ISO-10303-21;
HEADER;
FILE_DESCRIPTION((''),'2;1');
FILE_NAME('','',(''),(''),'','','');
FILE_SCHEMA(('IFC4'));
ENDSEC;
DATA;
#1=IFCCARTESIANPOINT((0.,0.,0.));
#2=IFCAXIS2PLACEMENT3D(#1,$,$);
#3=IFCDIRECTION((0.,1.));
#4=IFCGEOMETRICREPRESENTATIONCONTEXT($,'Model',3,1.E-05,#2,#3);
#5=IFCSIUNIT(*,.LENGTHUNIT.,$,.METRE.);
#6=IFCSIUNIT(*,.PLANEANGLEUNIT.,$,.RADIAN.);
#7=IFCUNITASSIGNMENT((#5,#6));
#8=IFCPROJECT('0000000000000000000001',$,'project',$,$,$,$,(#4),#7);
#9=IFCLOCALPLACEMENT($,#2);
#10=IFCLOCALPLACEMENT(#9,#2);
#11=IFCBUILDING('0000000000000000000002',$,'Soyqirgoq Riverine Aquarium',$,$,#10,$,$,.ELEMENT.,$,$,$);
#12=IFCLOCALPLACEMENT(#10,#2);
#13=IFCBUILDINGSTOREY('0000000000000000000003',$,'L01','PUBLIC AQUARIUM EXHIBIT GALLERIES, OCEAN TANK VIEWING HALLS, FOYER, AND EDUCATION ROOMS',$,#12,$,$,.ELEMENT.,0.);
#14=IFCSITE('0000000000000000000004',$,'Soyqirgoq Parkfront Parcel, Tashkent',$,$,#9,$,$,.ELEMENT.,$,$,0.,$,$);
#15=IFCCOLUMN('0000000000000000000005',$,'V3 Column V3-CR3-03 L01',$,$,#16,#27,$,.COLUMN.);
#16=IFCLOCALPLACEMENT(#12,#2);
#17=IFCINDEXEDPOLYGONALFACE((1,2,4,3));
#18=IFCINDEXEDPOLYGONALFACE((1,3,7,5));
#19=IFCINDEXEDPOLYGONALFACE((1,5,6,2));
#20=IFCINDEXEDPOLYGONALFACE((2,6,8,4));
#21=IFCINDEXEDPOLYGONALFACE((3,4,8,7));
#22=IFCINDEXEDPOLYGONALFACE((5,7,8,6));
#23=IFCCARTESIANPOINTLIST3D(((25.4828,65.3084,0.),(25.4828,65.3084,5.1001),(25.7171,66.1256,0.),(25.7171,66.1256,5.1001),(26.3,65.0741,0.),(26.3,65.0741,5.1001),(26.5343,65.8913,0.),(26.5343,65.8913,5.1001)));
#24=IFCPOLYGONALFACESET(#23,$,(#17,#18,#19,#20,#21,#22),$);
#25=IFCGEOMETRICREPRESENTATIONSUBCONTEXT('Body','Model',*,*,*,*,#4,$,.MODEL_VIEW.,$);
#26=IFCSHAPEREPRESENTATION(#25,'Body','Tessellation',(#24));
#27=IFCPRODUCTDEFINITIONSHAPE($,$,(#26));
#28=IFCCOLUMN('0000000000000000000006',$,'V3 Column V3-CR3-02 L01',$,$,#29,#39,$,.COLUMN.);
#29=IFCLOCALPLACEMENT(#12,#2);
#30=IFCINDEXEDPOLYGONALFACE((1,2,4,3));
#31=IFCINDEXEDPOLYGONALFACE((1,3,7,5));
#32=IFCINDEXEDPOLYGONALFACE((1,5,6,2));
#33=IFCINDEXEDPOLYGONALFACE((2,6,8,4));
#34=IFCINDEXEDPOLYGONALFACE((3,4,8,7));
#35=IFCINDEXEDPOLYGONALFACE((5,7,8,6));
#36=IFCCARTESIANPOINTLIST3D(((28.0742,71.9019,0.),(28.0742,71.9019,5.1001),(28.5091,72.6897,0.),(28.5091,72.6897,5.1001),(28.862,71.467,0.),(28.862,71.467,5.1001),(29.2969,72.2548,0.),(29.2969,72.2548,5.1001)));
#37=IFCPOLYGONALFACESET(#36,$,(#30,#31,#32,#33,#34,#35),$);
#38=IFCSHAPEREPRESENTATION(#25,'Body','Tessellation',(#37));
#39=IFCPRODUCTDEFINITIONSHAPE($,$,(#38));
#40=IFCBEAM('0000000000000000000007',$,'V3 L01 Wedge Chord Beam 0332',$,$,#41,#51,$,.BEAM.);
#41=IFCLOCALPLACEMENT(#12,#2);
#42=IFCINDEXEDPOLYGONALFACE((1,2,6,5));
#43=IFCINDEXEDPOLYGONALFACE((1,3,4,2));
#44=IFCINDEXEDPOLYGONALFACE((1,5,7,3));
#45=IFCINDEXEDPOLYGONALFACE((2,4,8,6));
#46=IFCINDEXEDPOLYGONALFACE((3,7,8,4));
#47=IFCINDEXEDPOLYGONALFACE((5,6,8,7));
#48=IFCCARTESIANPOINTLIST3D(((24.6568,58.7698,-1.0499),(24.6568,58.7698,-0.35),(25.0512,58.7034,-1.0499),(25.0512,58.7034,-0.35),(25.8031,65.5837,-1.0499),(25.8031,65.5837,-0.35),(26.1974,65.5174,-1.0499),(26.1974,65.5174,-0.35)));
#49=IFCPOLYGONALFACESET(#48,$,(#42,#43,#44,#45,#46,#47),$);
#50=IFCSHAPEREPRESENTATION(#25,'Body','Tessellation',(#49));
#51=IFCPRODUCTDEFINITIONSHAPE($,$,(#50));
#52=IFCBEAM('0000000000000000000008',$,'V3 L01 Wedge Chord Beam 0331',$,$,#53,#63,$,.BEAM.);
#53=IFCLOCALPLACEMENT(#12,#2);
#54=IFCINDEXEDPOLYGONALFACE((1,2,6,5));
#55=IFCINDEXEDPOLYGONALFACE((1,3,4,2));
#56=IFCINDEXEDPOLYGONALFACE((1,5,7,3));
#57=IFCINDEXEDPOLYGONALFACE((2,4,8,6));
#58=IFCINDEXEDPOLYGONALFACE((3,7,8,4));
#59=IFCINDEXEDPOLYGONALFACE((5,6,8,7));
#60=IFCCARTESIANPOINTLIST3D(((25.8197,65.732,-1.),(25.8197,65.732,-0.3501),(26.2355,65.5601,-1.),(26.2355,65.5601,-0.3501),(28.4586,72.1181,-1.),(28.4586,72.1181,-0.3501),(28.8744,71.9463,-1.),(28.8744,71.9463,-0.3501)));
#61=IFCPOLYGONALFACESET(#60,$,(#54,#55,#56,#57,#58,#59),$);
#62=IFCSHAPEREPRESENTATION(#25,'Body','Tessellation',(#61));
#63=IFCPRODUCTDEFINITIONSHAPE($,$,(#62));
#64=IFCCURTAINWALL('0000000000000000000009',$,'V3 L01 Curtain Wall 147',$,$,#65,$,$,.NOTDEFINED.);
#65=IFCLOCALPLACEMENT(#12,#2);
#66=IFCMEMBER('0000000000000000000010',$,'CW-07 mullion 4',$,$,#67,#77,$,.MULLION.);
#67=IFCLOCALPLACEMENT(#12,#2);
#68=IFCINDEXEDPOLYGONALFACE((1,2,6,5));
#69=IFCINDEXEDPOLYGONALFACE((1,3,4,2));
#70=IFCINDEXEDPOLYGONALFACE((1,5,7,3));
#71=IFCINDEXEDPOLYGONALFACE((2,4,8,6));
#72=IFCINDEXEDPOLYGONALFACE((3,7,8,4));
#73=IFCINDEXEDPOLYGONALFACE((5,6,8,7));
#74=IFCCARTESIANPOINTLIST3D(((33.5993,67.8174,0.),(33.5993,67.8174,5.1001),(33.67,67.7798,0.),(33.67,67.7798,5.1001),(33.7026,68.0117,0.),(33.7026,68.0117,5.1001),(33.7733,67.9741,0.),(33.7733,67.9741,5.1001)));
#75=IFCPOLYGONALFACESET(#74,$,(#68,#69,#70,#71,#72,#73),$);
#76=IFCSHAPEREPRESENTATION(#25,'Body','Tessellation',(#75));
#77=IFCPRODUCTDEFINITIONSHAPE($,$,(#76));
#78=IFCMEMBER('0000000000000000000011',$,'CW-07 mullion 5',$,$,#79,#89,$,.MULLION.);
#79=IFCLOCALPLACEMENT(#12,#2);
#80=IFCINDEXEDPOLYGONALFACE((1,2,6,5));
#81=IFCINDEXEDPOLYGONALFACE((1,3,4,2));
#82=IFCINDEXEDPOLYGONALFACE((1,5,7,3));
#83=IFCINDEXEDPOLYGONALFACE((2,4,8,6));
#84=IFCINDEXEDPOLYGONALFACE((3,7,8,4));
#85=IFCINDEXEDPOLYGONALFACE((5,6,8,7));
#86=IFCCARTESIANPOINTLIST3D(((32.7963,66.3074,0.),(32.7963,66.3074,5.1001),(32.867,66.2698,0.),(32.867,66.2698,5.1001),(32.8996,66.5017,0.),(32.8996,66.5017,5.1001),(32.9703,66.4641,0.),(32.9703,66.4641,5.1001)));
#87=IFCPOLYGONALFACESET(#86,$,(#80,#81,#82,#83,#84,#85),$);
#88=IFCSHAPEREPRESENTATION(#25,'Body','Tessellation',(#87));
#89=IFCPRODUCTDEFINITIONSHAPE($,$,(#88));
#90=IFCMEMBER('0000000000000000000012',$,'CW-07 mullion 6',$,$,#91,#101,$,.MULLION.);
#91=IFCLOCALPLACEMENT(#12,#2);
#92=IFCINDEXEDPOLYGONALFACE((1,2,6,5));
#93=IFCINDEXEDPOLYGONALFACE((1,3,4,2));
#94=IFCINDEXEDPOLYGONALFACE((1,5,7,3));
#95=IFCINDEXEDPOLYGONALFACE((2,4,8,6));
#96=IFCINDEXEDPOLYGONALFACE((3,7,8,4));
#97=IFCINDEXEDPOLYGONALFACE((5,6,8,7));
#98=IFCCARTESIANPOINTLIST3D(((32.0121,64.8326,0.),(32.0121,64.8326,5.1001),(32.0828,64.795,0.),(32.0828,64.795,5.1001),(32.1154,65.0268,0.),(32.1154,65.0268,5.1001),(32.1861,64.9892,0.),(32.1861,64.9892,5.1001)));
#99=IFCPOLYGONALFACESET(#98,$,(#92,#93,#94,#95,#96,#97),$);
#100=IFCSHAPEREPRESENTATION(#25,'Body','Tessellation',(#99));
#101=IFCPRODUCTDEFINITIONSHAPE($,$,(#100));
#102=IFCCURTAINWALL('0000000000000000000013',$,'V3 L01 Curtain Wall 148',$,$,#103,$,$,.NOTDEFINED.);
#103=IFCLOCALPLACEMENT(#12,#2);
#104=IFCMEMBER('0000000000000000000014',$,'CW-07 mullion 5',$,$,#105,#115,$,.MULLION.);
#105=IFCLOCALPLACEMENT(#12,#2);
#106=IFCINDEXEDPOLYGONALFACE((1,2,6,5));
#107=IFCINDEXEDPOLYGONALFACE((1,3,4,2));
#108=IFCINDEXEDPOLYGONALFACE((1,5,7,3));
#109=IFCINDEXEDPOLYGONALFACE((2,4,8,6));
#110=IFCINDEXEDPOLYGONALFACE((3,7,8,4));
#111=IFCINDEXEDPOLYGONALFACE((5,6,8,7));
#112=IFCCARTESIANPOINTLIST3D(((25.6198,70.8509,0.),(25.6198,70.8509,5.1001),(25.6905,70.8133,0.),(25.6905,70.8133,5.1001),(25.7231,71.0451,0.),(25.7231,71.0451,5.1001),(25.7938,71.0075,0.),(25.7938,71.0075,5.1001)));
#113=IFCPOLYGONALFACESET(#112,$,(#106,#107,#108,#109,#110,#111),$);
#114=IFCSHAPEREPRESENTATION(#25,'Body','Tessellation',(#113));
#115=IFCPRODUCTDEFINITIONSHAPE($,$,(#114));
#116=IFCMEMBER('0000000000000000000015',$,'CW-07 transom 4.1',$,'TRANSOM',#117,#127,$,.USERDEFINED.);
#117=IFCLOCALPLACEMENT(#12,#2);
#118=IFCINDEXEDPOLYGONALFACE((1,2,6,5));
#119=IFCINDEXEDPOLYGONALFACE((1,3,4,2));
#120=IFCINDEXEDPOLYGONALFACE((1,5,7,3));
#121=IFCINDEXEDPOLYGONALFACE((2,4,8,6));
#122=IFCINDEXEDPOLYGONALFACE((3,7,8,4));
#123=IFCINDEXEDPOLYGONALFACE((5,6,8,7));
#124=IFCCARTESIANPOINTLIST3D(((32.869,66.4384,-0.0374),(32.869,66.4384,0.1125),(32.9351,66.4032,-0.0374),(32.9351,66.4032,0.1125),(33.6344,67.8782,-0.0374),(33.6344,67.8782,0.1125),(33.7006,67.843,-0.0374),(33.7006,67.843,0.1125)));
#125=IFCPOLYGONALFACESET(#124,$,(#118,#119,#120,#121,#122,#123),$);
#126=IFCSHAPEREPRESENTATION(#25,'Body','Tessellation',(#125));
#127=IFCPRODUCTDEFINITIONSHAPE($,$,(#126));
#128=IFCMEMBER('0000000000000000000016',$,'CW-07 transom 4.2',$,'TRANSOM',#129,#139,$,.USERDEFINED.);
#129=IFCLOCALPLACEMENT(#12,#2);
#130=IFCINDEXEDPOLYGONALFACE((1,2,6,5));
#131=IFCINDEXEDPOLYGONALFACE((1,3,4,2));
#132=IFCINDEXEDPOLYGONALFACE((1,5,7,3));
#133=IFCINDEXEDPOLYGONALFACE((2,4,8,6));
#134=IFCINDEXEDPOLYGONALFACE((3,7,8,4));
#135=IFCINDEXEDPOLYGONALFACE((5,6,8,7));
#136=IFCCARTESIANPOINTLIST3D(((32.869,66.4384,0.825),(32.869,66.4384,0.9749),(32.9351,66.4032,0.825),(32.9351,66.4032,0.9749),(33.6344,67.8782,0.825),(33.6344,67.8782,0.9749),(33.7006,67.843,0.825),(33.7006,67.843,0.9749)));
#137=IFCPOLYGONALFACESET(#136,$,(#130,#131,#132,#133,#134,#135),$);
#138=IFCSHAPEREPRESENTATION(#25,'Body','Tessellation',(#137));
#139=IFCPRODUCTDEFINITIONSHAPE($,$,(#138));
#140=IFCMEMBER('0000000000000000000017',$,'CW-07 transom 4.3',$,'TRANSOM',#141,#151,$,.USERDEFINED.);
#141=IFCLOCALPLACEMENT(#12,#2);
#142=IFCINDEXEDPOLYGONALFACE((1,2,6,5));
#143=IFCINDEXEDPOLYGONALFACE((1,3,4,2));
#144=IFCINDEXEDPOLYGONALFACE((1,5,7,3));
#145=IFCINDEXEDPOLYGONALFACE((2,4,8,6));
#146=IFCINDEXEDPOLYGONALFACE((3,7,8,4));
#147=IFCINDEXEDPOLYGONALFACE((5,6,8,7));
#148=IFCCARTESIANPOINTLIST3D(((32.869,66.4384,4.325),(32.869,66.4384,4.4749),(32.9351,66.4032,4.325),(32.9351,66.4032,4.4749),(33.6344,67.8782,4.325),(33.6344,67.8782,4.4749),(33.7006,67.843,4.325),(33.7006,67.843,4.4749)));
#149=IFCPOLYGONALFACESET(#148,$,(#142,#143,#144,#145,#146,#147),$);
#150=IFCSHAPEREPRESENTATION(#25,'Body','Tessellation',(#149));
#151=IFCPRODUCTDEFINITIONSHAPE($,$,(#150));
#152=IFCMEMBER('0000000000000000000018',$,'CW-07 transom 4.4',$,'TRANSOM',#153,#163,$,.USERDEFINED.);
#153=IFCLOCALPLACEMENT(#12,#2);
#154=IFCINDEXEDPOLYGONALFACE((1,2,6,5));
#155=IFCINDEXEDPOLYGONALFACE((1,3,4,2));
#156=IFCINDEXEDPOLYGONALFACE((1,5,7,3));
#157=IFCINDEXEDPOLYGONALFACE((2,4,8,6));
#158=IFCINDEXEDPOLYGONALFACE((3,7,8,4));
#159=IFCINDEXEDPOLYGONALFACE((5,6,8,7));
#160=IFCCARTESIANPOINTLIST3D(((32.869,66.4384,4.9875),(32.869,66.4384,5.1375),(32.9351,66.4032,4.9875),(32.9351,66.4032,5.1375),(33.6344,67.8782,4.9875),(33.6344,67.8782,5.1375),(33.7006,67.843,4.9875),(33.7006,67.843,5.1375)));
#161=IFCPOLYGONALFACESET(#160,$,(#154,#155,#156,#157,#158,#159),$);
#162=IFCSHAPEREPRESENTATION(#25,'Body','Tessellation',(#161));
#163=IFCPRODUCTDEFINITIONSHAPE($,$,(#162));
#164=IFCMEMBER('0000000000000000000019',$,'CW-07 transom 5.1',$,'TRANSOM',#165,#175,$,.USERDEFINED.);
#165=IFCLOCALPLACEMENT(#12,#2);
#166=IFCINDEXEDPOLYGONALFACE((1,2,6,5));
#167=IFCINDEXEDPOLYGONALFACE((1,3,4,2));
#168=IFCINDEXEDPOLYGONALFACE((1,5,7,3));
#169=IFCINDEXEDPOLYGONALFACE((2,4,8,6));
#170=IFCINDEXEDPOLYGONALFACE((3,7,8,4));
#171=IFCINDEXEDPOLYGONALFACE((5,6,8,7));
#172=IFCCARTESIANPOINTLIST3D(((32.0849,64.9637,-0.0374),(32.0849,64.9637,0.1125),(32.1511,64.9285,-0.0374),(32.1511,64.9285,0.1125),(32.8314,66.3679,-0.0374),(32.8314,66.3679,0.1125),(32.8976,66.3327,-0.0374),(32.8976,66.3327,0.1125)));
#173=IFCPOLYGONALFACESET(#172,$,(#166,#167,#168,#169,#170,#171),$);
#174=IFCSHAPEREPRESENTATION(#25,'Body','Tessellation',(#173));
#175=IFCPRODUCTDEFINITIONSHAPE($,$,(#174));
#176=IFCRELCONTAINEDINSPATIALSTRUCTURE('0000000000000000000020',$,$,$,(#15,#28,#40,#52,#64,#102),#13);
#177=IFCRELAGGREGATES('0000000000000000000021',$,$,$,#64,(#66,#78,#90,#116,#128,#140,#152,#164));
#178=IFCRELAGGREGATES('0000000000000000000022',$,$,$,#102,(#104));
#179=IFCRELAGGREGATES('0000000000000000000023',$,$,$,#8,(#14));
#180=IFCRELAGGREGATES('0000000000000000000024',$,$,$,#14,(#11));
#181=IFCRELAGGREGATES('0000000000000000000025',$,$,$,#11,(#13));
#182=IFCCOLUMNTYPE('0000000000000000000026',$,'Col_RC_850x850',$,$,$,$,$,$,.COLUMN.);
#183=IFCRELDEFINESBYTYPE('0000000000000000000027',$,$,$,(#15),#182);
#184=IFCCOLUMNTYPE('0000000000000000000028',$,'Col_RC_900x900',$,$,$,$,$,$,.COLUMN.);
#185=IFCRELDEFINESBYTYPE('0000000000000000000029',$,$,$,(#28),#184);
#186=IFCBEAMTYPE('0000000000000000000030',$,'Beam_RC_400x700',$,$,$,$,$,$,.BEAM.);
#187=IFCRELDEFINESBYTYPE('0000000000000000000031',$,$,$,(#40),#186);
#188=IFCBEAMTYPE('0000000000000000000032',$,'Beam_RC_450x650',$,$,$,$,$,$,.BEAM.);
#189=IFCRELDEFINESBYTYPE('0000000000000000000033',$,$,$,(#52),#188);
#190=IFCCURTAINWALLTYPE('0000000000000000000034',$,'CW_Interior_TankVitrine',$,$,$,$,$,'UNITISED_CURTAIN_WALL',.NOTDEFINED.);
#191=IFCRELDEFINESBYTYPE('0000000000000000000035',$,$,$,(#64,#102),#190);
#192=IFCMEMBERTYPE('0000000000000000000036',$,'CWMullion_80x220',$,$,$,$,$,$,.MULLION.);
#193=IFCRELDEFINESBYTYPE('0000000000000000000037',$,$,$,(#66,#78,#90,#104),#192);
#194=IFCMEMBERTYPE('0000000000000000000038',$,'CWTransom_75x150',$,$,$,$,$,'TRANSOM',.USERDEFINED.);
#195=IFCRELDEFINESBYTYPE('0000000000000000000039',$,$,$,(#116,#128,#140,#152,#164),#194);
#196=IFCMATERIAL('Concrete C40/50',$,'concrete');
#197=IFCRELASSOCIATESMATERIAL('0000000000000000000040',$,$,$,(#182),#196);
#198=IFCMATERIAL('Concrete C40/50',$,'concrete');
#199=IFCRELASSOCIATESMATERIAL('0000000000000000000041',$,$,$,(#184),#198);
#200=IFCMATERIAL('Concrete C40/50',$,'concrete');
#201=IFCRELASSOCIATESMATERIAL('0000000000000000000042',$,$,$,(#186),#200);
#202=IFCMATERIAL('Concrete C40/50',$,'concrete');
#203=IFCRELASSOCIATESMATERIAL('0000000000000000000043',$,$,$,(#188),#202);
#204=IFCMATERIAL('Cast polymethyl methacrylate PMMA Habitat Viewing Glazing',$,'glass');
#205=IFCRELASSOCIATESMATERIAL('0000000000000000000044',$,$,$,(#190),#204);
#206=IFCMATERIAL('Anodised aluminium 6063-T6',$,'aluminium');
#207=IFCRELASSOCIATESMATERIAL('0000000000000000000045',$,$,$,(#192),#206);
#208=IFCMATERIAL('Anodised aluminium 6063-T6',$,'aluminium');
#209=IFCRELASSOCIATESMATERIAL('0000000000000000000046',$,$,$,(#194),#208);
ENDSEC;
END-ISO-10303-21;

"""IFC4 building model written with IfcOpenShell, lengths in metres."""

from ifc_helpers import new_model, si_unit, direction, frame, origin, origin_2d, place, context, subcontext, project, spatial, rectangle, extrude, material, material_profile, profile_set, type_object, element, aggregate, save


model = new_model("IFC4")

# Units and contexts
model_context = context("Model", 3, precision=1e-05, world=origin(), true_north=direction((0.0, 1.0)))
body_context = subcontext(model_context, "Body", "Model", "MODEL_VIEW")
ifc_project = project(units=[si_unit("LENGTHUNIT", "METRE"), si_unit("PLANEANGLEUNIT", "RADIAN")], contexts=[model_context])

# Site, building, storey
site_placement = place(None, origin())
site = spatial("IfcSite", under=ifc_project, at=site_placement, Name="Soyqirgoq Parkfront Parcel, Tashkent", CompositionType="ELEMENT", RefElevation=0.0)
building_placement = place(site_placement, origin())
building = spatial("IfcBuilding", under=site, at=building_placement, Name="Soyqirgoq Riverine Aquarium", CompositionType="ELEMENT")
storey_placement = place(building_placement, origin())
storey = spatial("IfcBuildingStorey", under=building, at=storey_placement, Name="L01", Description="PUBLIC AQUARIUM EXHIBIT GALLERIES, OCEAN TANK VIEWING HALLS, FOYER, AND EDUCATION ROOMS", CompositionType="ELEMENT", Elevation=0.0)

# Columns
ifc_material_1 = material(Name="Concrete C40/50", Category="concrete")
ifc_material_profile_1 = material_profile(ifc_material_1, rectangle(XDim=0.8501, YDim=0.8501, at=origin_2d()), Name="RC 850x850")
ifc_profile_set_1 = profile_set([ifc_material_profile_1], Name="Concrete C40/50")
column_type_1 = type_object("IfcColumnType", Name="Col_RC_850x850", PredefinedType="COLUMN", material=ifc_profile_set_1)
column_1_placement = place(storey_placement, frame((26.0085, 65.5999, 0.0), z_axis=(0.0, 0.0, 1.0), x_axis=(-0.961262, 0.275637, 0.0)))
element("IfcColumn", 1, at=column_1_placement, inside=storey, type_object=column_type_1, Name="V3 Column V3-CR3-03 L01", PredefinedType="COLUMN", context=body_context, shape_type="SweptSolid", body=[
    extrude(rectangle(XDim=0.8501, YDim=0.8501, at=origin_2d()), origin(), (0.0, 0.0, 1.0), 5.1001),
])
ifc_material_2 = material(Name="Concrete C40/50", Category="concrete")
ifc_material_profile_2 = material_profile(ifc_material_2, rectangle(XDim=0.8999, YDim=0.8999, at=origin_2d()), Name="RC 900x900")
ifc_profile_set_2 = profile_set([ifc_material_profile_2], Name="Concrete C40/50")
column_type_2 = type_object("IfcColumnType", Name="Col_RC_900x900", PredefinedType="COLUMN", material=ifc_profile_set_2)
column_2_placement = place(storey_placement, frame((28.6855, 72.0784, 0.0), z_axis=(0.0, 0.0, 1.0), x_axis=(-0.875465, 0.483282, 0.0)))
element("IfcColumn", 2, at=column_2_placement, inside=storey, type_object=column_type_2, Name="V3 Column V3-CR3-02 L01", PredefinedType="COLUMN", context=body_context, shape_type="SweptSolid", body=[
    extrude(rectangle(XDim=0.8999, YDim=0.8999, at=origin_2d()), origin(), (0.0, 0.0, 1.0), 5.1001),
])

# Beams
ifc_material_3 = material(Name="Concrete C40/50", Category="concrete")
ifc_material_profile_3 = material_profile(ifc_material_3, rectangle(XDim=0.3999, YDim=0.7, at=origin_2d()), Name="RC 400x700")
ifc_profile_set_3 = profile_set([ifc_material_profile_3], Name="Concrete C40/50")
beam_type_1 = type_object("IfcBeamType", Name="Beam_RC_400x700", PredefinedType="BEAM", material=ifc_profile_set_3)
beam_1_placement = place(storey_placement, frame((26.0002, 65.5505, -0.7), z_axis=(-0.165889, -0.986145, 0.0), x_axis=(0.986145, -0.165889, 0.0)))
element("IfcBeam", 3, at=beam_1_placement, inside=storey, type_object=beam_type_1, Name="V3 L01 Wedge Chord Beam 0332", PredefinedType="BEAM", context=body_context, shape_type="SweptSolid", body=[
    extrude(rectangle(XDim=0.3999, YDim=0.7, at=origin_2d()), origin(), (0.0, 0.0, 1.0), 6.9097),
])
ifc_material_4 = material(Name="Concrete C40/50", Category="concrete")
ifc_material_profile_4 = material_profile(ifc_material_4, rectangle(XDim=0.45, YDim=0.6499, at=origin_2d()), Name="RC 450x650")
ifc_profile_set_4 = profile_set([ifc_material_profile_4], Name="Concrete C40/50")
beam_type_2 = type_object("IfcBeamType", Name="Beam_RC_450x650", PredefinedType="BEAM", material=ifc_profile_set_4)
beam_2_placement = place(storey_placement, frame((28.6665, 72.0322, -0.675), z_axis=(-0.381899, -0.924204, 0.0), x_axis=(0.924204, -0.381899, 0.0)))
element("IfcBeam", 4, at=beam_2_placement, inside=storey, type_object=beam_type_2, Name="V3 L01 Wedge Chord Beam 0331", PredefinedType="BEAM", context=body_context, shape_type="SweptSolid", body=[
    extrude(rectangle(XDim=0.45, YDim=0.6499, at=origin_2d()), origin(), (0.0, 0.0, 1.0), 6.9099),
])

# Curtain wall, members
ifc_material_5 = material(Name="Cast polymethyl methacrylate PMMA Habitat Viewing Glazing", Category="glass")
curtain_wall_type = type_object("IfcCurtainWallType", Name="CW_Interior_TankVitrine", ElementType="UNITISED_CURTAIN_WALL", PredefinedType="NOTDEFINED", material=ifc_material_5)
curtain_wall_1_placement = place(storey_placement, origin())
curtain_wall_1 = element("IfcCurtainWall", 5, at=curtain_wall_1_placement, inside=storey, type_object=curtain_wall_type, Name="V3 L01 Curtain Wall 147", PredefinedType="NOTDEFINED")
ifc_material_6 = material(Name="Anodised aluminium 6063-T6", Category="aluminium")
ifc_material_profile_5 = material_profile(ifc_material_6, rectangle(XDim=0.0801, YDim=0.22, at=origin_2d()), Name="ALU-M 80x220")
ifc_profile_set_5 = profile_set([ifc_material_profile_5], Name="Anodised aluminium 6063-T6")
member_type_1 = type_object("IfcMemberType", Name="CWMullion_80x220", PredefinedType="MULLION", material=ifc_profile_set_5)
member_1_placement = place(storey_placement, frame((33.6863, 67.8958, 0.0), z_axis=(0.0, 0.0, 1.0), x_axis=(0.882947, -0.469473, 0.0)))
member_1 = element("IfcMember", 6, at=member_1_placement, type_object=member_type_1, Name="CW-07 mullion 4", PredefinedType="MULLION", context=body_context, shape_type="SweptSolid", body=[
    extrude(rectangle(XDim=0.0801, YDim=0.22, at=origin_2d()), origin(), (0.0, 0.0, 1.0), 5.1001),
])
member_2_placement = place(storey_placement, frame((32.8833, 66.3857, 0.0), z_axis=(0.0, 0.0, 1.0), x_axis=(0.882947, -0.469473, 0.0)))
member_2 = element("IfcMember", 7, at=member_2_placement, type_object=member_type_1, Name="CW-07 mullion 5", PredefinedType="MULLION", context=body_context, shape_type="SweptSolid", body=[
    extrude(rectangle(XDim=0.0801, YDim=0.22, at=origin_2d()), origin(), (0.0, 0.0, 1.0), 5.1001),
])
member_3_placement = place(storey_placement, frame((32.0991, 64.9109, 0.0), z_axis=(0.0, 0.0, 1.0), x_axis=(0.882947, -0.469473, 0.0)))
member_3 = element("IfcMember", 8, at=member_3_placement, type_object=member_type_1, Name="CW-07 mullion 6", PredefinedType="MULLION", context=body_context, shape_type="SweptSolid", body=[
    extrude(rectangle(XDim=0.0801, YDim=0.22, at=origin_2d()), origin(), (0.0, 0.0, 1.0), 5.1001),
])

# Curtain wall, member
curtain_wall_2_placement = place(storey_placement, origin())
curtain_wall_2 = element("IfcCurtainWall", 9, at=curtain_wall_2_placement, inside=storey, type_object=curtain_wall_type, Name="V3 L01 Curtain Wall 148", PredefinedType="NOTDEFINED")
member_4_placement = place(storey_placement, frame((25.7068, 70.9292, 0.0), z_axis=(0.0, 0.0, 1.0), x_axis=(0.882946, -0.469475, 0.0)))
member_4 = element("IfcMember", 10, at=member_4_placement, type_object=member_type_1, Name="CW-07 mullion 5", PredefinedType="MULLION", context=body_context, shape_type="SweptSolid", body=[
    extrude(rectangle(XDim=0.0801, YDim=0.22, at=origin_2d()), origin(), (0.0, 0.0, 1.0), 5.1001),
])

# Members
ifc_material_7 = material(Name="Anodised aluminium 6063-T6", Category="aluminium")
ifc_material_profile_6 = material_profile(ifc_material_7, rectangle(XDim=0.075, YDim=0.1499, at=origin_2d()), Name="ALU-T 75x150")
ifc_profile_set_6 = profile_set([ifc_material_profile_6], Name="Anodised aluminium 6063-T6")
member_type_2 = type_object("IfcMemberType", Name="CWTransom_75x150", ElementType="TRANSOM", PredefinedType="USERDEFINED", material=ifc_profile_set_6)
member_5_placement = place(storey_placement, frame((33.6675, 67.8606, 0.0376), z_axis=(-0.469414, -0.882978, 0.0), x_axis=(0.882978, -0.469414, 0.0)))
member_5 = element("IfcMember", 11, at=member_5_placement, type_object=member_type_2, Name="CW-07 transom 4.1", ObjectType="TRANSOM", PredefinedType="USERDEFINED", context=body_context, shape_type="SweptSolid", body=[
    extrude(rectangle(XDim=0.075, YDim=0.1499, at=origin_2d()), origin(), (0.0, 0.0, 1.0), 1.6306),
])
member_6_placement = place(storey_placement, frame((33.6675, 67.8606, 0.8999), z_axis=(-0.469414, -0.882978, 0.0), x_axis=(0.882978, -0.469414, 0.0)))
member_6 = element("IfcMember", 12, at=member_6_placement, type_object=member_type_2, Name="CW-07 transom 4.2", ObjectType="TRANSOM", PredefinedType="USERDEFINED", context=body_context, shape_type="SweptSolid", body=[
    extrude(rectangle(XDim=0.075, YDim=0.1499, at=origin_2d()), origin(), (0.0, 0.0, 1.0), 1.6306),
])
member_7_placement = place(storey_placement, frame((33.6675, 67.8606, 4.3999), z_axis=(-0.469414, -0.882978, 0.0), x_axis=(0.882978, -0.469414, 0.0)))
member_7 = element("IfcMember", 13, at=member_7_placement, type_object=member_type_2, Name="CW-07 transom 4.3", ObjectType="TRANSOM", PredefinedType="USERDEFINED", context=body_context, shape_type="SweptSolid", body=[
    extrude(rectangle(XDim=0.075, YDim=0.1499, at=origin_2d()), origin(), (0.0, 0.0, 1.0), 1.6306),
])
member_8_placement = place(storey_placement, frame((33.6675, 67.8606, 5.0625), z_axis=(-0.469414, -0.882978, 0.0), x_axis=(0.882978, -0.469414, 0.0)))
member_8 = element("IfcMember", 14, at=member_8_placement, type_object=member_type_2, Name="CW-07 transom 4.4", ObjectType="TRANSOM", PredefinedType="USERDEFINED", context=body_context, shape_type="SweptSolid", body=[
    extrude(rectangle(XDim=0.075, YDim=0.1499, at=origin_2d()), origin(), (0.0, 0.0, 1.0), 1.6306),
])
member_9_placement = place(storey_placement, frame((32.8645, 66.3503, 0.0376), z_axis=(-0.469425, -0.882973, 0.0), x_axis=(0.882973, -0.469425, 0.0)))
member_9 = element("IfcMember", 15, at=member_9_placement, type_object=member_type_2, Name="CW-07 transom 5.1", ObjectType="TRANSOM", PredefinedType="USERDEFINED", context=body_context, shape_type="SweptSolid", body=[
    extrude(rectangle(XDim=0.075, YDim=0.1499, at=origin_2d()), origin(), (0.0, 0.0, 1.0), 1.5903),
])

aggregate(curtain_wall_1, [member_1, member_2, member_3, member_5, member_6, member_7, member_8, member_9])
aggregate(curtain_wall_2, [member_4])

save(model, "model.ifc")
